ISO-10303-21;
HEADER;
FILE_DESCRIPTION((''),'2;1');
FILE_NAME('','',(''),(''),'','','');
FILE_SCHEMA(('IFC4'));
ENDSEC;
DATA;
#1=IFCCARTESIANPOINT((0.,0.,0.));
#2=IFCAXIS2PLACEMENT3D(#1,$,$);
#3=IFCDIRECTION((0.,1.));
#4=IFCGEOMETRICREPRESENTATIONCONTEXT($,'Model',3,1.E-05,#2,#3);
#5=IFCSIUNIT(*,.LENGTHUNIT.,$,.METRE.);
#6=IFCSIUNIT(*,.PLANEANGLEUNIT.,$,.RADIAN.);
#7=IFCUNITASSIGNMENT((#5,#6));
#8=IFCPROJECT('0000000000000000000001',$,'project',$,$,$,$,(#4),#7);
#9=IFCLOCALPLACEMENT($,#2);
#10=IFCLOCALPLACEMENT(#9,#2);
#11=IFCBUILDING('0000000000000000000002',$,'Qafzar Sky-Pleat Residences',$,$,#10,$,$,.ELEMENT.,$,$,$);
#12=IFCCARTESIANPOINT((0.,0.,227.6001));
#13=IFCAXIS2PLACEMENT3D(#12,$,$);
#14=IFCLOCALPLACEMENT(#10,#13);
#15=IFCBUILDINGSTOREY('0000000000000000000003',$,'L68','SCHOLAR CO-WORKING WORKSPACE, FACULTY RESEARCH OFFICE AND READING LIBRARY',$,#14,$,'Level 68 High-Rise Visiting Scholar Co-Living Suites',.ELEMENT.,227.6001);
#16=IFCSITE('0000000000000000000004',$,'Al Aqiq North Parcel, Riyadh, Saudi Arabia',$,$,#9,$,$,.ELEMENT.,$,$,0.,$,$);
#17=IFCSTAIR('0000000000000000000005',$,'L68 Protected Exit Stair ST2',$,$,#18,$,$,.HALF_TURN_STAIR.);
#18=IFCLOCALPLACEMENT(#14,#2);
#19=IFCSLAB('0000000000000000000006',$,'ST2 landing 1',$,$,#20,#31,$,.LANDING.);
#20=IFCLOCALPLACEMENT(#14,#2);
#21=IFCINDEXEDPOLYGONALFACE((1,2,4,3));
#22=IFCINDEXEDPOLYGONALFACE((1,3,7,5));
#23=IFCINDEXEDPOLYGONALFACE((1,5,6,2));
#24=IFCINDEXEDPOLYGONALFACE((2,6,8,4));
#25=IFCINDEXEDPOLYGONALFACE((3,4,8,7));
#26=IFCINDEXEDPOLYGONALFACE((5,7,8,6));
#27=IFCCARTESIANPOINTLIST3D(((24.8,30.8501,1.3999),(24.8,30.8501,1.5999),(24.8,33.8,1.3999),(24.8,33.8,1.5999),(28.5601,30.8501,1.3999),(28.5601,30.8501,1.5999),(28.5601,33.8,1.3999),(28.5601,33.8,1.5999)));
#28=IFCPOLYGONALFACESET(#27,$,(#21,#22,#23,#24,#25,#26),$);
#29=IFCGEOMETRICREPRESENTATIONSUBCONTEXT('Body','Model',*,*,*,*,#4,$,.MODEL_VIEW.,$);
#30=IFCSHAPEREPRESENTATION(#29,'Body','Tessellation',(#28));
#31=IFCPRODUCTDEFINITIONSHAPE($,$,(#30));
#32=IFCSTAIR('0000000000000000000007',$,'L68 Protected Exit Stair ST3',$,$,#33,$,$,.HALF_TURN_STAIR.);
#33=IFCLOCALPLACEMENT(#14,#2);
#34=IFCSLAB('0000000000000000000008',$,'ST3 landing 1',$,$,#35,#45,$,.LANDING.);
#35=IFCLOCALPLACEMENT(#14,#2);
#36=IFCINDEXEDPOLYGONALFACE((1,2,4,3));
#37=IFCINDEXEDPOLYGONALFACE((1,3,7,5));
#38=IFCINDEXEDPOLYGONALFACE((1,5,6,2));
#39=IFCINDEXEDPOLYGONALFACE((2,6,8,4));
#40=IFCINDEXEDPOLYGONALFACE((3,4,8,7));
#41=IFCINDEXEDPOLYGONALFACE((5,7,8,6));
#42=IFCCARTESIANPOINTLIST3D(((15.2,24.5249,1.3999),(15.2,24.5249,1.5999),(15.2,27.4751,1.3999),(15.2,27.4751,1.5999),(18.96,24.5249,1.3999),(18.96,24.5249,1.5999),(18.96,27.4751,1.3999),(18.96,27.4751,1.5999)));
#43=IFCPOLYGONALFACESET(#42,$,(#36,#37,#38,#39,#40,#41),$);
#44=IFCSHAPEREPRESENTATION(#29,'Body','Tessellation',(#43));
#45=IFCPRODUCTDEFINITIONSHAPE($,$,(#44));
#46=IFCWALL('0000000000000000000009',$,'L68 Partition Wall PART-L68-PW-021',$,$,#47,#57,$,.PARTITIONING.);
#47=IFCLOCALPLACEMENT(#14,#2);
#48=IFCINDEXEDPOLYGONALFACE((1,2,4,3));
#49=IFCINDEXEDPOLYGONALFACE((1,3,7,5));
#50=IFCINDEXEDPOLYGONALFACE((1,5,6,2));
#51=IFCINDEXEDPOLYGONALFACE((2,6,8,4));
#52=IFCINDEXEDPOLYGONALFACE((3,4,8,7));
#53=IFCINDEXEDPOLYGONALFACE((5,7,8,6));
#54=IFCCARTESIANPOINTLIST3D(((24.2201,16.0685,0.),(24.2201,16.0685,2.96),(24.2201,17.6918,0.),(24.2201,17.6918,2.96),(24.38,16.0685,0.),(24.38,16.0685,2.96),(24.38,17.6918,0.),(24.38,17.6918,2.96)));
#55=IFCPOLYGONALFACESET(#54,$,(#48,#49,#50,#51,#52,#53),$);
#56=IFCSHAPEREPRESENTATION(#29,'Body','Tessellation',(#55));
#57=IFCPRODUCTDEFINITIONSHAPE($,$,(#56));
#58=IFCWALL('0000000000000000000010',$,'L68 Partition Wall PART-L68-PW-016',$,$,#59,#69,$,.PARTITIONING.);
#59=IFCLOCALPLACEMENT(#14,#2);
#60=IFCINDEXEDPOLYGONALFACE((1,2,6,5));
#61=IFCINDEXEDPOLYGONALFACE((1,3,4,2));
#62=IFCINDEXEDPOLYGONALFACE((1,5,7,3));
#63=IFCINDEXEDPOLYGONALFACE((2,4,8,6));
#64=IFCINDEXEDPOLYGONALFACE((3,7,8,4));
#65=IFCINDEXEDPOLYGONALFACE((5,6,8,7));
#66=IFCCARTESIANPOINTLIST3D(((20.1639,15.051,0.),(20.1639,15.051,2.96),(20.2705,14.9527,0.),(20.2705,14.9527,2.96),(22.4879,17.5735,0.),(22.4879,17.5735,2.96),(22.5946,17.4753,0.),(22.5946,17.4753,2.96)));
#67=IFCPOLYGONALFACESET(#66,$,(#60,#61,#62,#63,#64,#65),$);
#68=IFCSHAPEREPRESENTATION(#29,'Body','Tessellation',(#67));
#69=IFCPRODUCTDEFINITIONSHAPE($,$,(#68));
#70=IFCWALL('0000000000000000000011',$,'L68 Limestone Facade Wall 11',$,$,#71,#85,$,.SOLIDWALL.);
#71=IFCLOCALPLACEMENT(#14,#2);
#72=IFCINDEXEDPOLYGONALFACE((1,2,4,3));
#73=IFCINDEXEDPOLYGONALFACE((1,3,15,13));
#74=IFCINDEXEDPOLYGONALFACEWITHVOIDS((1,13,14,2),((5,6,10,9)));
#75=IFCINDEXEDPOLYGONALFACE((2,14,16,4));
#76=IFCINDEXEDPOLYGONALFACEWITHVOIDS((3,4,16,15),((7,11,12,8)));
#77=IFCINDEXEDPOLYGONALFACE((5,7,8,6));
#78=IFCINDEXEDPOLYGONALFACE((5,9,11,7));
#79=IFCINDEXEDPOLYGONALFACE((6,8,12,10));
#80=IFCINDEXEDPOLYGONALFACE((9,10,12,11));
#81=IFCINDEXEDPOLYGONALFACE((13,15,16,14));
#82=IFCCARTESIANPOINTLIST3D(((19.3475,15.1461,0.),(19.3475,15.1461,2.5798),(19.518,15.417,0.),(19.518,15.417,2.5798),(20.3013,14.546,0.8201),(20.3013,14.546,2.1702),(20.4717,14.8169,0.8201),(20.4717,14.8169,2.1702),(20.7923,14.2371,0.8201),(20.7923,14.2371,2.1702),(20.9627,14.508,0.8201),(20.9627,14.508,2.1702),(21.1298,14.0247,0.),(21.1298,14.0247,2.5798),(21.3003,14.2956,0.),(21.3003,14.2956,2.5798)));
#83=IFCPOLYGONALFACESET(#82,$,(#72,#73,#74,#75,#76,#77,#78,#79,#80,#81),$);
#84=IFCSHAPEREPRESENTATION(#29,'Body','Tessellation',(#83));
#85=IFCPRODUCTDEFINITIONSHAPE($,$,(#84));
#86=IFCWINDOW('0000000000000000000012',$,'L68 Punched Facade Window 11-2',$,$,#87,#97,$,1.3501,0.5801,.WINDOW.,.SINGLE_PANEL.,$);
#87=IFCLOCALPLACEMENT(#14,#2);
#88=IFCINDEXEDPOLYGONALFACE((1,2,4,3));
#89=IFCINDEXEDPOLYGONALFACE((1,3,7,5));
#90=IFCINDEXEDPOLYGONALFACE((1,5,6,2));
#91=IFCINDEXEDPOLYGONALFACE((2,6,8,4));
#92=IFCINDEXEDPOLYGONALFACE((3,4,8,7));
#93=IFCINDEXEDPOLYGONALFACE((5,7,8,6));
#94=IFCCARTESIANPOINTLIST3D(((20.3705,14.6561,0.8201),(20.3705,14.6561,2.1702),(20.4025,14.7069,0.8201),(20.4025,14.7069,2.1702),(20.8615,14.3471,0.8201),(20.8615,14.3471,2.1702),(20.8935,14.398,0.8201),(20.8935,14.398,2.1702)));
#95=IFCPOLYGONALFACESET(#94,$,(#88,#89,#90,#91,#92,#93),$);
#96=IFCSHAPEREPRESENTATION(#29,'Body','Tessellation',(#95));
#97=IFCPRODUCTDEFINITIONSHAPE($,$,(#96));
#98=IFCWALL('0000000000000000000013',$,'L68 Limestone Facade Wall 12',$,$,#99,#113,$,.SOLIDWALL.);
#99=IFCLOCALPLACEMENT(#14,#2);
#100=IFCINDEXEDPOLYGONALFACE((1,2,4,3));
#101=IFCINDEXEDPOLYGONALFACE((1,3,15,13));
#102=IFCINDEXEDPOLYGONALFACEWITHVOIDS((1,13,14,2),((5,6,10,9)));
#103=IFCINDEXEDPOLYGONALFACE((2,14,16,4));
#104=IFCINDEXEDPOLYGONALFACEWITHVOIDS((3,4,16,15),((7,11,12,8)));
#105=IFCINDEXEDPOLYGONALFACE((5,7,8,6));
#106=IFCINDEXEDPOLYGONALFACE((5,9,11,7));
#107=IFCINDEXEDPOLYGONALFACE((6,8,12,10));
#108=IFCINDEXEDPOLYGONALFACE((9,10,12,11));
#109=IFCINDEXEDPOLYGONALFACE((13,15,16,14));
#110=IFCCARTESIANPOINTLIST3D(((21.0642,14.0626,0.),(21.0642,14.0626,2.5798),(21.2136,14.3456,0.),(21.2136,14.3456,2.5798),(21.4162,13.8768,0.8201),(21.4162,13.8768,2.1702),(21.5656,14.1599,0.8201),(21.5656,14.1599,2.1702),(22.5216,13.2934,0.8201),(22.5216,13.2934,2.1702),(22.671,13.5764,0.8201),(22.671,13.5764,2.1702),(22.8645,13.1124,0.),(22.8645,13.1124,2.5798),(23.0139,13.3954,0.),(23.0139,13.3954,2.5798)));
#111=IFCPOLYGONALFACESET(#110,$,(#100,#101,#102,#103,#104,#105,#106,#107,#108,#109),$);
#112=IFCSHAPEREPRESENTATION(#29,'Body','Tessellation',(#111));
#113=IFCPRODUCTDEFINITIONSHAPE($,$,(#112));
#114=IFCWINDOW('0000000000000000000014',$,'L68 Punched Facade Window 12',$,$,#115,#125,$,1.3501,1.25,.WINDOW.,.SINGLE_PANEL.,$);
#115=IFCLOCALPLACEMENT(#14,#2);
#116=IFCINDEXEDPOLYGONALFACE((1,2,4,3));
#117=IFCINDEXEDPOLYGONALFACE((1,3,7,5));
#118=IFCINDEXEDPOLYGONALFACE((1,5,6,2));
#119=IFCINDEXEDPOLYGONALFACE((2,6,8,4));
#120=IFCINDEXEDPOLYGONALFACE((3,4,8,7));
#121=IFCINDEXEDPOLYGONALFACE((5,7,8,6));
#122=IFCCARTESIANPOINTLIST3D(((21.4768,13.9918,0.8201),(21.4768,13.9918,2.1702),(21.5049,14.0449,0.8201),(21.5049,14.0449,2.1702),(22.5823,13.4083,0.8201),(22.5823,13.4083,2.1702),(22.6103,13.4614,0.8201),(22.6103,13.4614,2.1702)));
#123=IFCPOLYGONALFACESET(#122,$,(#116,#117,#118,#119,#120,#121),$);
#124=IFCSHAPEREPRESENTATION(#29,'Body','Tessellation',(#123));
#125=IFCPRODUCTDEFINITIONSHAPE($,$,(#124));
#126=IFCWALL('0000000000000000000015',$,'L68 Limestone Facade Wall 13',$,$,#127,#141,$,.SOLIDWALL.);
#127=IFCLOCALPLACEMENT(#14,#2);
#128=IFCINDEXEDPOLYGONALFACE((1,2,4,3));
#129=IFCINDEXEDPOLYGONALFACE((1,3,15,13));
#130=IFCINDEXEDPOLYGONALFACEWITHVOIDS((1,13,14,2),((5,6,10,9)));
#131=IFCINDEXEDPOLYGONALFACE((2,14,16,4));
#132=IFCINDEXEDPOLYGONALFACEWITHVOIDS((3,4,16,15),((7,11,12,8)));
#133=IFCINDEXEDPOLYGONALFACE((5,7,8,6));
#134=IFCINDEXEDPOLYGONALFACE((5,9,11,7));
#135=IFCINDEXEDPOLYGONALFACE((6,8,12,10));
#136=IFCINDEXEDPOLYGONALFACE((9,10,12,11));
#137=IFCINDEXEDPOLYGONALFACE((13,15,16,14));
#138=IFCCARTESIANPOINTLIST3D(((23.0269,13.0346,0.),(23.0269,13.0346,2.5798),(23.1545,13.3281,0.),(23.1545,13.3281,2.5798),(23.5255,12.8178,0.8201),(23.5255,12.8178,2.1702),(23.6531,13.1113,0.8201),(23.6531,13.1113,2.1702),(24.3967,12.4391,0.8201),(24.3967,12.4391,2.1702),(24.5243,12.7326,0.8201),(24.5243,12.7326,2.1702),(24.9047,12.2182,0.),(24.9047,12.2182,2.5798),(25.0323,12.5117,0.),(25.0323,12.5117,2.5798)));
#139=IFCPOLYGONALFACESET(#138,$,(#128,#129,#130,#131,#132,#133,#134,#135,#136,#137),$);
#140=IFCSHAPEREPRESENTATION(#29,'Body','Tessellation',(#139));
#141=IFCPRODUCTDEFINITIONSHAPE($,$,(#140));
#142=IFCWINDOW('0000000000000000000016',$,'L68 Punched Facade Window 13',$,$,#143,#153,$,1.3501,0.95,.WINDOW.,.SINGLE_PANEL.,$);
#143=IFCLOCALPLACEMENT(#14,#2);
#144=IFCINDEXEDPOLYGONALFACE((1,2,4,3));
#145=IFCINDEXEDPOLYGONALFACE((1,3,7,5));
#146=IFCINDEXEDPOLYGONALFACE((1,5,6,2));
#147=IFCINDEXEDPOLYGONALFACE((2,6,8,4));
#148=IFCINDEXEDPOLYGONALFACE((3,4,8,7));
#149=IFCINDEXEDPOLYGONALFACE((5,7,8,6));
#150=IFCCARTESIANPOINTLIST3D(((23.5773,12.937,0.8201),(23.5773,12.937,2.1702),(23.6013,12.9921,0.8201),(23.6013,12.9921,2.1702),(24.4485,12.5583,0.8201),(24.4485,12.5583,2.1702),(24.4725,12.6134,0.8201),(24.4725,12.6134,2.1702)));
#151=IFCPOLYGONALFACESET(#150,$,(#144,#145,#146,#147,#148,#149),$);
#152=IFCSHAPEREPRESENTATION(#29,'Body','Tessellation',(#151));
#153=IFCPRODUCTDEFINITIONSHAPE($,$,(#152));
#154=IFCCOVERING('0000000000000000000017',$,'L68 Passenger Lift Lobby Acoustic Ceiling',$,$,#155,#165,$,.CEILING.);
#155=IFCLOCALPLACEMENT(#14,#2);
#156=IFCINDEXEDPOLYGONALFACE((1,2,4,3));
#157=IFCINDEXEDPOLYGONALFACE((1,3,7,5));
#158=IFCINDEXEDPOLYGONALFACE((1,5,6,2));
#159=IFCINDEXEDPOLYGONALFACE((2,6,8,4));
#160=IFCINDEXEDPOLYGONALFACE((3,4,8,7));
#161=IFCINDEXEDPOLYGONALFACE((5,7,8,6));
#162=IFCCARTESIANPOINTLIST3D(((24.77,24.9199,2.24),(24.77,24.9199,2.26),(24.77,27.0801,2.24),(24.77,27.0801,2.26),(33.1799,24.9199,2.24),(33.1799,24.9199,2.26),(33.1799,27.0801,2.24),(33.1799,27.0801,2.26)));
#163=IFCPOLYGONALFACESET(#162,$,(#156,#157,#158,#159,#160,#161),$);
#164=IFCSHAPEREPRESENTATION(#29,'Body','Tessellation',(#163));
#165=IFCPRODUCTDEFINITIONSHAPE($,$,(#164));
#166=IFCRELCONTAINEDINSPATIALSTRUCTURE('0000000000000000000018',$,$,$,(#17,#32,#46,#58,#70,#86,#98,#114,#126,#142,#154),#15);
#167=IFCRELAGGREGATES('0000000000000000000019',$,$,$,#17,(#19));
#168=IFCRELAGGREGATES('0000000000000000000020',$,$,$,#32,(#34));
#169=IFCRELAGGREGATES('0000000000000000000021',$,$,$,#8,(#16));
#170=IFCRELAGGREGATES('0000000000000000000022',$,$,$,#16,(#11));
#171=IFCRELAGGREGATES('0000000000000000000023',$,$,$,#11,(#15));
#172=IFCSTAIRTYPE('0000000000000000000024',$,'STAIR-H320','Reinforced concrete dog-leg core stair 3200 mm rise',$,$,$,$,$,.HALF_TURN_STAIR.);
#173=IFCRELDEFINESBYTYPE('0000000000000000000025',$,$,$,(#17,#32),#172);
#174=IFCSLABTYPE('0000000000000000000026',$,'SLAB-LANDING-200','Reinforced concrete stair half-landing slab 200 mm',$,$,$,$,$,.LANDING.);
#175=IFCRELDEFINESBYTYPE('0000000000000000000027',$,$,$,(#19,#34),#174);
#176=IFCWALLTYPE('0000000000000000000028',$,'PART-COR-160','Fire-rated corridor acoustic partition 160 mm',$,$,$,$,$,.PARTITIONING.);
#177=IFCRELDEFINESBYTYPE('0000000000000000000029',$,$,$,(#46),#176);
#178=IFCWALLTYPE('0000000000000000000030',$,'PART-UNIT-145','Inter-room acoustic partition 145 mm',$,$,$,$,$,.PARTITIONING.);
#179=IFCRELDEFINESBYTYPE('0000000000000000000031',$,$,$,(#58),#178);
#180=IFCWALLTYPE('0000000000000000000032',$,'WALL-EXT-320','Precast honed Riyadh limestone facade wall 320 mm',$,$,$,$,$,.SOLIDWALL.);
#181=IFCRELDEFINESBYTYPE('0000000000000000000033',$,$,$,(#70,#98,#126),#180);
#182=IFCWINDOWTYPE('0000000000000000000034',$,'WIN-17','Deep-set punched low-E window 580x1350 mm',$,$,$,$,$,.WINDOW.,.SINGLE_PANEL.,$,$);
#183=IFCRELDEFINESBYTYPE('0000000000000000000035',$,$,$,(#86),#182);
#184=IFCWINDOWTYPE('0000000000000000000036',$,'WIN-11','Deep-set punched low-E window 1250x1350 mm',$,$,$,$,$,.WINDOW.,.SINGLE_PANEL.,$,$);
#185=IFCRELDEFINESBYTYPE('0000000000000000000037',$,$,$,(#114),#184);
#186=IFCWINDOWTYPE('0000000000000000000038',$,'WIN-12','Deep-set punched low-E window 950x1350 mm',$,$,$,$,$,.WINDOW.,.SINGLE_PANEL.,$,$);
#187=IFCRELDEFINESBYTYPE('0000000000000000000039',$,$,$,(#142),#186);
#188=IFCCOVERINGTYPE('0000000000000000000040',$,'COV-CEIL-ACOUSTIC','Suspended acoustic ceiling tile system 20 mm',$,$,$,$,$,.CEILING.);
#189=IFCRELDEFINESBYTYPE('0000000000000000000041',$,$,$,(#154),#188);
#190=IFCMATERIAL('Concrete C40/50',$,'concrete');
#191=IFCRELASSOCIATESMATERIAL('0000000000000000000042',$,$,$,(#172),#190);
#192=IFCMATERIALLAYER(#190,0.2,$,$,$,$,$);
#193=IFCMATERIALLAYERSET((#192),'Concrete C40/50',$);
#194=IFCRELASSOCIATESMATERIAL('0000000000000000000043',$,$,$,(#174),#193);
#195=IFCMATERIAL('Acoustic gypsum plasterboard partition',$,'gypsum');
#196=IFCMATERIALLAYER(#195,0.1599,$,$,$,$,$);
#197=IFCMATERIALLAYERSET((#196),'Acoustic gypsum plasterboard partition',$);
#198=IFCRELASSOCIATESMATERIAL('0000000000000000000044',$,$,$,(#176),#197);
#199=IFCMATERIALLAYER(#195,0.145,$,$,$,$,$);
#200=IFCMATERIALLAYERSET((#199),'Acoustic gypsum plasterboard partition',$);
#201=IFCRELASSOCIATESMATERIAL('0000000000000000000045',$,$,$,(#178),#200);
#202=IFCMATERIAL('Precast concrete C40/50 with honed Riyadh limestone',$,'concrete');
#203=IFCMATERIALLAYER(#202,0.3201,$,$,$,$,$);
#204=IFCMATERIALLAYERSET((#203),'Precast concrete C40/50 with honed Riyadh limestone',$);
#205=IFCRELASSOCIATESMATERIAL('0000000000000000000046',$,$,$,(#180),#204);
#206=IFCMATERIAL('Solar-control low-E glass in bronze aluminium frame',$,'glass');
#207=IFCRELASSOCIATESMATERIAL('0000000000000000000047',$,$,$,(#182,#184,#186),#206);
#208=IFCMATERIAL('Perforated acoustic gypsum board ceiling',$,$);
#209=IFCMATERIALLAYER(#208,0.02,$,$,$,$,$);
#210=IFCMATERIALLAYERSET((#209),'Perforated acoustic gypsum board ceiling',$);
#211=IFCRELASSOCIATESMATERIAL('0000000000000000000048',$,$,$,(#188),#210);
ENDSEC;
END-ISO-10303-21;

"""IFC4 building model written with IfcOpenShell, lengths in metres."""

from ifc_helpers import new_model, si_unit, direction, frame, frame_2d, origin, place, context, subcontext, project, spatial, polyline, rectangle, outline, extrude, source, transform, mapped, material, layer, layer_set, type_object, element, fill, aggregate, save


model = new_model("IFC4")

# Units and contexts
model_context = context("Model", 3, precision=1e-05, world=origin(), true_north=direction((0.0, 1.0)))
body_context = subcontext(model_context, "Body", "Model", "MODEL_VIEW")
ifc_project = project(units=[si_unit("LENGTHUNIT", "METRE"), si_unit("PLANEANGLEUNIT", "RADIAN")], contexts=[model_context])

# Site, building, storey
site_placement = place(None, origin())
site = spatial("IfcSite", under=ifc_project, at=site_placement, Name="Al Aqiq North Parcel, Riyadh, Saudi Arabia", CompositionType="ELEMENT", RefElevation=0.0)
building_placement = place(site_placement, origin())
building = spatial("IfcBuilding", under=site, at=building_placement, Name="Qafzar Sky-Pleat Residences", CompositionType="ELEMENT")
storey_placement = place(building_placement, frame((0.0, 0.0, 227.6001)))
storey = spatial("IfcBuildingStorey", under=building, at=storey_placement, Name="L68", Description="SCHOLAR CO-WORKING WORKSPACE, FACULTY RESEARCH OFFICE AND READING LIBRARY", LongName="Level 68 High-Rise Visiting Scholar Co-Living Suites", CompositionType="ELEMENT", Elevation=227.6001)

# Shared definitions
ifc_material_1 = material(Name="Concrete C40/50", Category="concrete")

# Stairs, slabs
stair_type = type_object("IfcStairType", Name="STAIR-H320", Description="Reinforced concrete dog-leg core stair 3200 mm rise", PredefinedType="HALF_TURN_STAIR", material=ifc_material_1)
ifc_layer_1 = layer(ifc_material_1, 0.2)
ifc_layer_set_1 = layer_set([ifc_layer_1], Name="Concrete C40/50")
slab_type_1 = type_object("IfcSlabType", Name="SLAB-LANDING-200", Description="Reinforced concrete stair half-landing slab 200 mm", PredefinedType="LANDING", material=ifc_layer_set_1)
stair_1_placement = place(storey_placement, origin())
stair_1 = element("IfcStair", 1, at=stair_1_placement, inside=storey, type_object=stair_type, Name="L68 Protected Exit Stair ST2", PredefinedType="HALF_TURN_STAIR")
slab_1_placement = place(storey_placement, frame((0.0, 0.0, 1.3999)))
slab_1 = element("IfcSlab", 2, at=slab_1_placement, type_object=slab_type_1, Name="ST2 landing 1", PredefinedType="LANDING", context=body_context, shape_type="SweptSolid", body=[
    extrude(outline(polyline([(28.5601, 33.8), (24.8, 33.8), (24.8, 30.8501), (28.5601, 30.8501), (28.5601, 33.8)])), origin(), (0.0, 0.0, 1.0), 0.2),
])
aggregate(stair_1, [slab_1])
stair_2_placement = place(storey_placement, origin())
stair_2 = element("IfcStair", 3, at=stair_2_placement, inside=storey, type_object=stair_type, Name="L68 Protected Exit Stair ST3", PredefinedType="HALF_TURN_STAIR")
slab_2_placement = place(storey_placement, frame((0.0, 0.0, 1.3999)))
slab_2 = element("IfcSlab", 4, at=slab_2_placement, type_object=slab_type_1, Name="ST3 landing 1", PredefinedType="LANDING", context=body_context, shape_type="SweptSolid", body=[
    extrude(outline(polyline([(18.96, 27.4751), (15.2, 27.4751), (15.2, 24.5249), (18.96, 24.5249), (18.96, 27.4751)])), origin(), (0.0, 0.0, 1.0), 0.2),
])
aggregate(stair_2, [slab_2])

# Walls
ifc_material_2 = material(Name="Acoustic gypsum plasterboard partition", Category="gypsum")
ifc_layer_2 = layer(ifc_material_2, 0.1599)
ifc_layer_set_2 = layer_set([ifc_layer_2], Name="Acoustic gypsum plasterboard partition")
wall_type_1 = type_object("IfcWallType", Name="PART-COR-160", Description="Fire-rated corridor acoustic partition 160 mm", PredefinedType="PARTITIONING", material=ifc_layer_set_2)
wall_1_placement = place(storey_placement, frame((24.3, 16.0686, 0.0), z_axis=(0.0, 0.0, 1.0), x_axis=(0.0, 1.0, 0.0)))
element("IfcWall", 5, at=wall_1_placement, inside=storey, type_object=wall_type_1, Name="L68 Partition Wall PART-L68-PW-021", PredefinedType="PARTITIONING", context=body_context, shape_type="SweptSolid", body=[
    extrude(rectangle(XDim=1.6233, YDim=0.1599, at=frame_2d((0.8115, 0.0))), origin(), (0.0, 0.0, 1.0), 2.96),
])
ifc_layer_3 = layer(ifc_material_2, 0.145)
ifc_layer_set_3 = layer_set([ifc_layer_3], Name="Acoustic gypsum plasterboard partition")
wall_type_2 = type_object("IfcWallType", Name="PART-UNIT-145", Description="Inter-room acoustic partition 145 mm", PredefinedType="PARTITIONING", material=ifc_layer_set_3)
wall_2_placement = place(storey_placement, frame((20.2173, 15.002, 0.0), z_axis=(0.0, 0.0, 1.0), x_axis=(0.677579, 0.73545, 0.0)))
element("IfcWall", 6, at=wall_2_placement, inside=storey, type_object=wall_type_2, Name="L68 Partition Wall PART-L68-PW-016", PredefinedType="PARTITIONING", context=body_context, shape_type="SweptSolid", body=[
    extrude(rectangle(XDim=3.4299, YDim=0.145, at=frame_2d((1.7148, 0.0))), origin(), (0.0, 0.0, 1.0), 2.96),
])

# Walls, openings, windows
ifc_material_3 = material(Name="Precast concrete C40/50 with honed Riyadh limestone", Category="concrete")
ifc_layer_4 = layer(ifc_material_3, 0.3201)
ifc_layer_set_4 = layer_set([ifc_layer_4], Name="Precast concrete C40/50 with honed Riyadh limestone")
wall_type_3 = type_object("IfcWallType", Name="WALL-EXT-320", Description="Precast honed Riyadh limestone facade wall 320 mm", PredefinedType="SOLIDWALL", material=ifc_layer_set_4)
wall_3_placement = place(storey_placement, frame((19.4329, 15.2815, 0.0), z_axis=(0.0, 0.0, 1.0), x_axis=(0.846405, -0.53254, 0.0)))
wall_3 = element("IfcWall", 7, at=wall_3_placement, inside=storey, type_object=wall_type_3, Name="L68 Limestone Facade Wall 11", PredefinedType="SOLIDWALL", context=body_context, shape_type="SweptSolid", body=[
    extrude(rectangle(XDim=2.1057, YDim=0.3201, at=frame_2d((1.0527, 0.0))), origin(), (0.0, 0.0, 1.0), 2.5798),
])
opening_1_placement = place(wall_3_placement, frame((1.1267, 0.0, 0.8201)))
opening_1 = element("IfcOpeningElement", 8, at=opening_1_placement, cuts=wall_3, PredefinedType="OPENING", context=body_context, shape_type="SweptSolid", body=[
    extrude(rectangle(XDim=0.5801, YDim=1.3501, at=frame_2d((0.29, 0.675))), frame((0.0, 0.1699, 0.0), z_axis=(0.0, -1.0, 0.0), x_axis=(1.0, 0.0, 0.0)), (0.0, 0.0, 1.0), 0.3401),
])
ifc_material_4 = material(Name="Solar-control low-E glass in bronze aluminium frame", Category="glass")
window_type_1 = type_object("IfcWindowType", Name="WIN-17", Description="Deep-set punched low-E window 580x1350 mm", PartitioningType="SINGLE_PANEL", PredefinedType="WINDOW", material=ifc_material_4)
shared_shape_1 = source(origin(), body_context, "Body", "SweptSolid", [
    extrude(rectangle(XDim=0.5801, YDim=1.3501, at=frame_2d((0.29, 0.675))), frame((0.0, 0.03, 0.0), z_axis=(0.0, -1.0, 0.0), x_axis=(1.0, 0.0, 0.0)), (0.0, 0.0, 1.0), 0.0601),
])
window_1_placement = place(opening_1_placement, origin())
window_1 = element("IfcWindow", 9, at=window_1_placement, inside=storey, type_object=window_type_1, Name="L68 Punched Facade Window 11-2", OverallHeight=1.3501, OverallWidth=0.5801, PartitioningType="SINGLE_PANEL", PredefinedType="WINDOW", context=body_context, shape_type="MappedRepresentation", body=[
    mapped(shared_shape_1, transform((0.0, 0.0, 0.0), x_axis=(1.0, 0.0, 0.0), y_axis=(0.0, 1.0, 0.0), z_axis=(0.0, 0.0, 1.0), scale=1.0)),
])
fill(opening_1, window_1)
wall_4_placement = place(storey_placement, frame((21.1389, 14.2041, 0.0), z_axis=(0.0, 0.0, 1.0), x_axis=(0.884377, -0.466774, 0.0)))
wall_4 = element("IfcWall", 10, at=wall_4_placement, inside=storey, type_object=wall_type_3, Name="L68 Limestone Facade Wall 12", PredefinedType="SOLIDWALL", context=body_context, shape_type="SweptSolid", body=[
    extrude(rectangle(XDim=2.0356, YDim=0.3201, at=frame_2d((1.0178, 0.0))), origin(), (0.0, 0.0, 1.0), 2.5798),
])
opening_2_placement = place(wall_4_placement, frame((0.3979, 0.0, 0.8201)))
opening_2 = element("IfcOpeningElement", 11, at=opening_2_placement, cuts=wall_4, PredefinedType="OPENING", context=body_context, shape_type="SweptSolid", body=[
    extrude(rectangle(XDim=1.25, YDim=1.3501, at=frame_2d((0.625, 0.675))), frame((0.0, 0.1699, 0.0), z_axis=(0.0, -1.0, 0.0), x_axis=(1.0, 0.0, 0.0)), (0.0, 0.0, 1.0), 0.3401),
])
window_type_2 = type_object("IfcWindowType", Name="WIN-11", Description="Deep-set punched low-E window 1250x1350 mm", PartitioningType="SINGLE_PANEL", PredefinedType="WINDOW", material=ifc_material_4)
shared_shape_2 = source(origin(), body_context, "Body", "SweptSolid", [
    extrude(rectangle(XDim=1.25, YDim=1.3501, at=frame_2d((0.625, 0.675))), frame((0.0, 0.03, 0.0), z_axis=(0.0, -1.0, 0.0), x_axis=(1.0, 0.0, 0.0)), (0.0, 0.0, 1.0), 0.0601),
])
window_2_placement = place(opening_2_placement, origin())
window_2 = element("IfcWindow", 12, at=window_2_placement, inside=storey, type_object=window_type_2, Name="L68 Punched Facade Window 12", OverallHeight=1.3501, OverallWidth=1.25, PartitioningType="SINGLE_PANEL", PredefinedType="WINDOW", context=body_context, shape_type="MappedRepresentation", body=[
    mapped(shared_shape_2, transform((0.0, 0.0, 0.0), x_axis=(1.0, 0.0, 0.0), y_axis=(0.0, 1.0, 0.0), z_axis=(0.0, 0.0, 1.0), scale=1.0)),
])
fill(opening_2, window_2)
wall_5_placement = place(storey_placement, frame((23.0906, 13.1814, 0.0), z_axis=(0.0, 0.0, 1.0), x_axis=(0.917085, -0.398691, 0.0)))
wall_5 = element("IfcWall", 13, at=wall_5_placement, inside=storey, type_object=wall_type_3, Name="L68 Limestone Facade Wall 13", PredefinedType="SOLIDWALL", context=body_context, shape_type="SweptSolid", body=[
    extrude(rectangle(XDim=2.0476, YDim=0.3201, at=frame_2d((1.0239, 0.0))), origin(), (0.0, 0.0, 1.0), 2.5798),
])
opening_3_placement = place(wall_5_placement, frame((0.5437, 0.0, 0.8201)))
opening_3 = element("IfcOpeningElement", 14, at=opening_3_placement, cuts=wall_5, PredefinedType="OPENING", context=body_context, shape_type="SweptSolid", body=[
    extrude(rectangle(XDim=0.95, YDim=1.3501, at=frame_2d((0.4751, 0.675))), frame((0.0, 0.1699, 0.0), z_axis=(0.0, -1.0, 0.0), x_axis=(1.0, 0.0, 0.0)), (0.0, 0.0, 1.0), 0.3401),
])
window_type_3 = type_object("IfcWindowType", Name="WIN-12", Description="Deep-set punched low-E window 950x1350 mm", PartitioningType="SINGLE_PANEL", PredefinedType="WINDOW", material=ifc_material_4)
shared_shape_3 = source(origin(), body_context, "Body", "SweptSolid", [
    extrude(rectangle(XDim=0.95, YDim=1.3501, at=frame_2d((0.4751, 0.675))), frame((0.0, 0.03, 0.0), z_axis=(0.0, -1.0, 0.0), x_axis=(1.0, 0.0, 0.0)), (0.0, 0.0, 1.0), 0.0601),
])
window_3_placement = place(opening_3_placement, origin())
window_3 = element("IfcWindow", 15, at=window_3_placement, inside=storey, type_object=window_type_3, Name="L68 Punched Facade Window 13", OverallHeight=1.3501, OverallWidth=0.95, PartitioningType="SINGLE_PANEL", PredefinedType="WINDOW", context=body_context, shape_type="MappedRepresentation", body=[
    mapped(shared_shape_3, transform((0.0, 0.0, 0.0), x_axis=(1.0, 0.0, 0.0), y_axis=(0.0, 1.0, 0.0), z_axis=(0.0, 0.0, 1.0), scale=1.0)),
])
fill(opening_3, window_3)

# Covering
ifc_material_5 = material(Name="Perforated acoustic gypsum board ceiling")
ifc_layer_5 = layer(ifc_material_5, 0.02)
ifc_layer_set_5 = layer_set([ifc_layer_5], Name="Perforated acoustic gypsum board ceiling")
covering_type_1 = type_object("IfcCoveringType", Name="COV-CEIL-ACOUSTIC", Description="Suspended acoustic ceiling tile system 20 mm", PredefinedType="CEILING", material=ifc_layer_set_5)
covering_1_placement = place(storey_placement, frame((0.0, 0.0, 2.24)))
element("IfcCovering", 16, at=covering_1_placement, inside=storey, type_object=covering_type_1, Name="L68 Passenger Lift Lobby Acoustic Ceiling", PredefinedType="CEILING", context=body_context, shape_type="SweptSolid", body=[
    extrude(outline(polyline([(33.1799, 24.9199), (24.77, 24.9199), (24.77, 27.0801), (33.1799, 27.0801), (33.1799, 24.9199)])), origin(), (0.0, 0.0, 1.0), 0.02),
])

save(model, "model.ifc")
